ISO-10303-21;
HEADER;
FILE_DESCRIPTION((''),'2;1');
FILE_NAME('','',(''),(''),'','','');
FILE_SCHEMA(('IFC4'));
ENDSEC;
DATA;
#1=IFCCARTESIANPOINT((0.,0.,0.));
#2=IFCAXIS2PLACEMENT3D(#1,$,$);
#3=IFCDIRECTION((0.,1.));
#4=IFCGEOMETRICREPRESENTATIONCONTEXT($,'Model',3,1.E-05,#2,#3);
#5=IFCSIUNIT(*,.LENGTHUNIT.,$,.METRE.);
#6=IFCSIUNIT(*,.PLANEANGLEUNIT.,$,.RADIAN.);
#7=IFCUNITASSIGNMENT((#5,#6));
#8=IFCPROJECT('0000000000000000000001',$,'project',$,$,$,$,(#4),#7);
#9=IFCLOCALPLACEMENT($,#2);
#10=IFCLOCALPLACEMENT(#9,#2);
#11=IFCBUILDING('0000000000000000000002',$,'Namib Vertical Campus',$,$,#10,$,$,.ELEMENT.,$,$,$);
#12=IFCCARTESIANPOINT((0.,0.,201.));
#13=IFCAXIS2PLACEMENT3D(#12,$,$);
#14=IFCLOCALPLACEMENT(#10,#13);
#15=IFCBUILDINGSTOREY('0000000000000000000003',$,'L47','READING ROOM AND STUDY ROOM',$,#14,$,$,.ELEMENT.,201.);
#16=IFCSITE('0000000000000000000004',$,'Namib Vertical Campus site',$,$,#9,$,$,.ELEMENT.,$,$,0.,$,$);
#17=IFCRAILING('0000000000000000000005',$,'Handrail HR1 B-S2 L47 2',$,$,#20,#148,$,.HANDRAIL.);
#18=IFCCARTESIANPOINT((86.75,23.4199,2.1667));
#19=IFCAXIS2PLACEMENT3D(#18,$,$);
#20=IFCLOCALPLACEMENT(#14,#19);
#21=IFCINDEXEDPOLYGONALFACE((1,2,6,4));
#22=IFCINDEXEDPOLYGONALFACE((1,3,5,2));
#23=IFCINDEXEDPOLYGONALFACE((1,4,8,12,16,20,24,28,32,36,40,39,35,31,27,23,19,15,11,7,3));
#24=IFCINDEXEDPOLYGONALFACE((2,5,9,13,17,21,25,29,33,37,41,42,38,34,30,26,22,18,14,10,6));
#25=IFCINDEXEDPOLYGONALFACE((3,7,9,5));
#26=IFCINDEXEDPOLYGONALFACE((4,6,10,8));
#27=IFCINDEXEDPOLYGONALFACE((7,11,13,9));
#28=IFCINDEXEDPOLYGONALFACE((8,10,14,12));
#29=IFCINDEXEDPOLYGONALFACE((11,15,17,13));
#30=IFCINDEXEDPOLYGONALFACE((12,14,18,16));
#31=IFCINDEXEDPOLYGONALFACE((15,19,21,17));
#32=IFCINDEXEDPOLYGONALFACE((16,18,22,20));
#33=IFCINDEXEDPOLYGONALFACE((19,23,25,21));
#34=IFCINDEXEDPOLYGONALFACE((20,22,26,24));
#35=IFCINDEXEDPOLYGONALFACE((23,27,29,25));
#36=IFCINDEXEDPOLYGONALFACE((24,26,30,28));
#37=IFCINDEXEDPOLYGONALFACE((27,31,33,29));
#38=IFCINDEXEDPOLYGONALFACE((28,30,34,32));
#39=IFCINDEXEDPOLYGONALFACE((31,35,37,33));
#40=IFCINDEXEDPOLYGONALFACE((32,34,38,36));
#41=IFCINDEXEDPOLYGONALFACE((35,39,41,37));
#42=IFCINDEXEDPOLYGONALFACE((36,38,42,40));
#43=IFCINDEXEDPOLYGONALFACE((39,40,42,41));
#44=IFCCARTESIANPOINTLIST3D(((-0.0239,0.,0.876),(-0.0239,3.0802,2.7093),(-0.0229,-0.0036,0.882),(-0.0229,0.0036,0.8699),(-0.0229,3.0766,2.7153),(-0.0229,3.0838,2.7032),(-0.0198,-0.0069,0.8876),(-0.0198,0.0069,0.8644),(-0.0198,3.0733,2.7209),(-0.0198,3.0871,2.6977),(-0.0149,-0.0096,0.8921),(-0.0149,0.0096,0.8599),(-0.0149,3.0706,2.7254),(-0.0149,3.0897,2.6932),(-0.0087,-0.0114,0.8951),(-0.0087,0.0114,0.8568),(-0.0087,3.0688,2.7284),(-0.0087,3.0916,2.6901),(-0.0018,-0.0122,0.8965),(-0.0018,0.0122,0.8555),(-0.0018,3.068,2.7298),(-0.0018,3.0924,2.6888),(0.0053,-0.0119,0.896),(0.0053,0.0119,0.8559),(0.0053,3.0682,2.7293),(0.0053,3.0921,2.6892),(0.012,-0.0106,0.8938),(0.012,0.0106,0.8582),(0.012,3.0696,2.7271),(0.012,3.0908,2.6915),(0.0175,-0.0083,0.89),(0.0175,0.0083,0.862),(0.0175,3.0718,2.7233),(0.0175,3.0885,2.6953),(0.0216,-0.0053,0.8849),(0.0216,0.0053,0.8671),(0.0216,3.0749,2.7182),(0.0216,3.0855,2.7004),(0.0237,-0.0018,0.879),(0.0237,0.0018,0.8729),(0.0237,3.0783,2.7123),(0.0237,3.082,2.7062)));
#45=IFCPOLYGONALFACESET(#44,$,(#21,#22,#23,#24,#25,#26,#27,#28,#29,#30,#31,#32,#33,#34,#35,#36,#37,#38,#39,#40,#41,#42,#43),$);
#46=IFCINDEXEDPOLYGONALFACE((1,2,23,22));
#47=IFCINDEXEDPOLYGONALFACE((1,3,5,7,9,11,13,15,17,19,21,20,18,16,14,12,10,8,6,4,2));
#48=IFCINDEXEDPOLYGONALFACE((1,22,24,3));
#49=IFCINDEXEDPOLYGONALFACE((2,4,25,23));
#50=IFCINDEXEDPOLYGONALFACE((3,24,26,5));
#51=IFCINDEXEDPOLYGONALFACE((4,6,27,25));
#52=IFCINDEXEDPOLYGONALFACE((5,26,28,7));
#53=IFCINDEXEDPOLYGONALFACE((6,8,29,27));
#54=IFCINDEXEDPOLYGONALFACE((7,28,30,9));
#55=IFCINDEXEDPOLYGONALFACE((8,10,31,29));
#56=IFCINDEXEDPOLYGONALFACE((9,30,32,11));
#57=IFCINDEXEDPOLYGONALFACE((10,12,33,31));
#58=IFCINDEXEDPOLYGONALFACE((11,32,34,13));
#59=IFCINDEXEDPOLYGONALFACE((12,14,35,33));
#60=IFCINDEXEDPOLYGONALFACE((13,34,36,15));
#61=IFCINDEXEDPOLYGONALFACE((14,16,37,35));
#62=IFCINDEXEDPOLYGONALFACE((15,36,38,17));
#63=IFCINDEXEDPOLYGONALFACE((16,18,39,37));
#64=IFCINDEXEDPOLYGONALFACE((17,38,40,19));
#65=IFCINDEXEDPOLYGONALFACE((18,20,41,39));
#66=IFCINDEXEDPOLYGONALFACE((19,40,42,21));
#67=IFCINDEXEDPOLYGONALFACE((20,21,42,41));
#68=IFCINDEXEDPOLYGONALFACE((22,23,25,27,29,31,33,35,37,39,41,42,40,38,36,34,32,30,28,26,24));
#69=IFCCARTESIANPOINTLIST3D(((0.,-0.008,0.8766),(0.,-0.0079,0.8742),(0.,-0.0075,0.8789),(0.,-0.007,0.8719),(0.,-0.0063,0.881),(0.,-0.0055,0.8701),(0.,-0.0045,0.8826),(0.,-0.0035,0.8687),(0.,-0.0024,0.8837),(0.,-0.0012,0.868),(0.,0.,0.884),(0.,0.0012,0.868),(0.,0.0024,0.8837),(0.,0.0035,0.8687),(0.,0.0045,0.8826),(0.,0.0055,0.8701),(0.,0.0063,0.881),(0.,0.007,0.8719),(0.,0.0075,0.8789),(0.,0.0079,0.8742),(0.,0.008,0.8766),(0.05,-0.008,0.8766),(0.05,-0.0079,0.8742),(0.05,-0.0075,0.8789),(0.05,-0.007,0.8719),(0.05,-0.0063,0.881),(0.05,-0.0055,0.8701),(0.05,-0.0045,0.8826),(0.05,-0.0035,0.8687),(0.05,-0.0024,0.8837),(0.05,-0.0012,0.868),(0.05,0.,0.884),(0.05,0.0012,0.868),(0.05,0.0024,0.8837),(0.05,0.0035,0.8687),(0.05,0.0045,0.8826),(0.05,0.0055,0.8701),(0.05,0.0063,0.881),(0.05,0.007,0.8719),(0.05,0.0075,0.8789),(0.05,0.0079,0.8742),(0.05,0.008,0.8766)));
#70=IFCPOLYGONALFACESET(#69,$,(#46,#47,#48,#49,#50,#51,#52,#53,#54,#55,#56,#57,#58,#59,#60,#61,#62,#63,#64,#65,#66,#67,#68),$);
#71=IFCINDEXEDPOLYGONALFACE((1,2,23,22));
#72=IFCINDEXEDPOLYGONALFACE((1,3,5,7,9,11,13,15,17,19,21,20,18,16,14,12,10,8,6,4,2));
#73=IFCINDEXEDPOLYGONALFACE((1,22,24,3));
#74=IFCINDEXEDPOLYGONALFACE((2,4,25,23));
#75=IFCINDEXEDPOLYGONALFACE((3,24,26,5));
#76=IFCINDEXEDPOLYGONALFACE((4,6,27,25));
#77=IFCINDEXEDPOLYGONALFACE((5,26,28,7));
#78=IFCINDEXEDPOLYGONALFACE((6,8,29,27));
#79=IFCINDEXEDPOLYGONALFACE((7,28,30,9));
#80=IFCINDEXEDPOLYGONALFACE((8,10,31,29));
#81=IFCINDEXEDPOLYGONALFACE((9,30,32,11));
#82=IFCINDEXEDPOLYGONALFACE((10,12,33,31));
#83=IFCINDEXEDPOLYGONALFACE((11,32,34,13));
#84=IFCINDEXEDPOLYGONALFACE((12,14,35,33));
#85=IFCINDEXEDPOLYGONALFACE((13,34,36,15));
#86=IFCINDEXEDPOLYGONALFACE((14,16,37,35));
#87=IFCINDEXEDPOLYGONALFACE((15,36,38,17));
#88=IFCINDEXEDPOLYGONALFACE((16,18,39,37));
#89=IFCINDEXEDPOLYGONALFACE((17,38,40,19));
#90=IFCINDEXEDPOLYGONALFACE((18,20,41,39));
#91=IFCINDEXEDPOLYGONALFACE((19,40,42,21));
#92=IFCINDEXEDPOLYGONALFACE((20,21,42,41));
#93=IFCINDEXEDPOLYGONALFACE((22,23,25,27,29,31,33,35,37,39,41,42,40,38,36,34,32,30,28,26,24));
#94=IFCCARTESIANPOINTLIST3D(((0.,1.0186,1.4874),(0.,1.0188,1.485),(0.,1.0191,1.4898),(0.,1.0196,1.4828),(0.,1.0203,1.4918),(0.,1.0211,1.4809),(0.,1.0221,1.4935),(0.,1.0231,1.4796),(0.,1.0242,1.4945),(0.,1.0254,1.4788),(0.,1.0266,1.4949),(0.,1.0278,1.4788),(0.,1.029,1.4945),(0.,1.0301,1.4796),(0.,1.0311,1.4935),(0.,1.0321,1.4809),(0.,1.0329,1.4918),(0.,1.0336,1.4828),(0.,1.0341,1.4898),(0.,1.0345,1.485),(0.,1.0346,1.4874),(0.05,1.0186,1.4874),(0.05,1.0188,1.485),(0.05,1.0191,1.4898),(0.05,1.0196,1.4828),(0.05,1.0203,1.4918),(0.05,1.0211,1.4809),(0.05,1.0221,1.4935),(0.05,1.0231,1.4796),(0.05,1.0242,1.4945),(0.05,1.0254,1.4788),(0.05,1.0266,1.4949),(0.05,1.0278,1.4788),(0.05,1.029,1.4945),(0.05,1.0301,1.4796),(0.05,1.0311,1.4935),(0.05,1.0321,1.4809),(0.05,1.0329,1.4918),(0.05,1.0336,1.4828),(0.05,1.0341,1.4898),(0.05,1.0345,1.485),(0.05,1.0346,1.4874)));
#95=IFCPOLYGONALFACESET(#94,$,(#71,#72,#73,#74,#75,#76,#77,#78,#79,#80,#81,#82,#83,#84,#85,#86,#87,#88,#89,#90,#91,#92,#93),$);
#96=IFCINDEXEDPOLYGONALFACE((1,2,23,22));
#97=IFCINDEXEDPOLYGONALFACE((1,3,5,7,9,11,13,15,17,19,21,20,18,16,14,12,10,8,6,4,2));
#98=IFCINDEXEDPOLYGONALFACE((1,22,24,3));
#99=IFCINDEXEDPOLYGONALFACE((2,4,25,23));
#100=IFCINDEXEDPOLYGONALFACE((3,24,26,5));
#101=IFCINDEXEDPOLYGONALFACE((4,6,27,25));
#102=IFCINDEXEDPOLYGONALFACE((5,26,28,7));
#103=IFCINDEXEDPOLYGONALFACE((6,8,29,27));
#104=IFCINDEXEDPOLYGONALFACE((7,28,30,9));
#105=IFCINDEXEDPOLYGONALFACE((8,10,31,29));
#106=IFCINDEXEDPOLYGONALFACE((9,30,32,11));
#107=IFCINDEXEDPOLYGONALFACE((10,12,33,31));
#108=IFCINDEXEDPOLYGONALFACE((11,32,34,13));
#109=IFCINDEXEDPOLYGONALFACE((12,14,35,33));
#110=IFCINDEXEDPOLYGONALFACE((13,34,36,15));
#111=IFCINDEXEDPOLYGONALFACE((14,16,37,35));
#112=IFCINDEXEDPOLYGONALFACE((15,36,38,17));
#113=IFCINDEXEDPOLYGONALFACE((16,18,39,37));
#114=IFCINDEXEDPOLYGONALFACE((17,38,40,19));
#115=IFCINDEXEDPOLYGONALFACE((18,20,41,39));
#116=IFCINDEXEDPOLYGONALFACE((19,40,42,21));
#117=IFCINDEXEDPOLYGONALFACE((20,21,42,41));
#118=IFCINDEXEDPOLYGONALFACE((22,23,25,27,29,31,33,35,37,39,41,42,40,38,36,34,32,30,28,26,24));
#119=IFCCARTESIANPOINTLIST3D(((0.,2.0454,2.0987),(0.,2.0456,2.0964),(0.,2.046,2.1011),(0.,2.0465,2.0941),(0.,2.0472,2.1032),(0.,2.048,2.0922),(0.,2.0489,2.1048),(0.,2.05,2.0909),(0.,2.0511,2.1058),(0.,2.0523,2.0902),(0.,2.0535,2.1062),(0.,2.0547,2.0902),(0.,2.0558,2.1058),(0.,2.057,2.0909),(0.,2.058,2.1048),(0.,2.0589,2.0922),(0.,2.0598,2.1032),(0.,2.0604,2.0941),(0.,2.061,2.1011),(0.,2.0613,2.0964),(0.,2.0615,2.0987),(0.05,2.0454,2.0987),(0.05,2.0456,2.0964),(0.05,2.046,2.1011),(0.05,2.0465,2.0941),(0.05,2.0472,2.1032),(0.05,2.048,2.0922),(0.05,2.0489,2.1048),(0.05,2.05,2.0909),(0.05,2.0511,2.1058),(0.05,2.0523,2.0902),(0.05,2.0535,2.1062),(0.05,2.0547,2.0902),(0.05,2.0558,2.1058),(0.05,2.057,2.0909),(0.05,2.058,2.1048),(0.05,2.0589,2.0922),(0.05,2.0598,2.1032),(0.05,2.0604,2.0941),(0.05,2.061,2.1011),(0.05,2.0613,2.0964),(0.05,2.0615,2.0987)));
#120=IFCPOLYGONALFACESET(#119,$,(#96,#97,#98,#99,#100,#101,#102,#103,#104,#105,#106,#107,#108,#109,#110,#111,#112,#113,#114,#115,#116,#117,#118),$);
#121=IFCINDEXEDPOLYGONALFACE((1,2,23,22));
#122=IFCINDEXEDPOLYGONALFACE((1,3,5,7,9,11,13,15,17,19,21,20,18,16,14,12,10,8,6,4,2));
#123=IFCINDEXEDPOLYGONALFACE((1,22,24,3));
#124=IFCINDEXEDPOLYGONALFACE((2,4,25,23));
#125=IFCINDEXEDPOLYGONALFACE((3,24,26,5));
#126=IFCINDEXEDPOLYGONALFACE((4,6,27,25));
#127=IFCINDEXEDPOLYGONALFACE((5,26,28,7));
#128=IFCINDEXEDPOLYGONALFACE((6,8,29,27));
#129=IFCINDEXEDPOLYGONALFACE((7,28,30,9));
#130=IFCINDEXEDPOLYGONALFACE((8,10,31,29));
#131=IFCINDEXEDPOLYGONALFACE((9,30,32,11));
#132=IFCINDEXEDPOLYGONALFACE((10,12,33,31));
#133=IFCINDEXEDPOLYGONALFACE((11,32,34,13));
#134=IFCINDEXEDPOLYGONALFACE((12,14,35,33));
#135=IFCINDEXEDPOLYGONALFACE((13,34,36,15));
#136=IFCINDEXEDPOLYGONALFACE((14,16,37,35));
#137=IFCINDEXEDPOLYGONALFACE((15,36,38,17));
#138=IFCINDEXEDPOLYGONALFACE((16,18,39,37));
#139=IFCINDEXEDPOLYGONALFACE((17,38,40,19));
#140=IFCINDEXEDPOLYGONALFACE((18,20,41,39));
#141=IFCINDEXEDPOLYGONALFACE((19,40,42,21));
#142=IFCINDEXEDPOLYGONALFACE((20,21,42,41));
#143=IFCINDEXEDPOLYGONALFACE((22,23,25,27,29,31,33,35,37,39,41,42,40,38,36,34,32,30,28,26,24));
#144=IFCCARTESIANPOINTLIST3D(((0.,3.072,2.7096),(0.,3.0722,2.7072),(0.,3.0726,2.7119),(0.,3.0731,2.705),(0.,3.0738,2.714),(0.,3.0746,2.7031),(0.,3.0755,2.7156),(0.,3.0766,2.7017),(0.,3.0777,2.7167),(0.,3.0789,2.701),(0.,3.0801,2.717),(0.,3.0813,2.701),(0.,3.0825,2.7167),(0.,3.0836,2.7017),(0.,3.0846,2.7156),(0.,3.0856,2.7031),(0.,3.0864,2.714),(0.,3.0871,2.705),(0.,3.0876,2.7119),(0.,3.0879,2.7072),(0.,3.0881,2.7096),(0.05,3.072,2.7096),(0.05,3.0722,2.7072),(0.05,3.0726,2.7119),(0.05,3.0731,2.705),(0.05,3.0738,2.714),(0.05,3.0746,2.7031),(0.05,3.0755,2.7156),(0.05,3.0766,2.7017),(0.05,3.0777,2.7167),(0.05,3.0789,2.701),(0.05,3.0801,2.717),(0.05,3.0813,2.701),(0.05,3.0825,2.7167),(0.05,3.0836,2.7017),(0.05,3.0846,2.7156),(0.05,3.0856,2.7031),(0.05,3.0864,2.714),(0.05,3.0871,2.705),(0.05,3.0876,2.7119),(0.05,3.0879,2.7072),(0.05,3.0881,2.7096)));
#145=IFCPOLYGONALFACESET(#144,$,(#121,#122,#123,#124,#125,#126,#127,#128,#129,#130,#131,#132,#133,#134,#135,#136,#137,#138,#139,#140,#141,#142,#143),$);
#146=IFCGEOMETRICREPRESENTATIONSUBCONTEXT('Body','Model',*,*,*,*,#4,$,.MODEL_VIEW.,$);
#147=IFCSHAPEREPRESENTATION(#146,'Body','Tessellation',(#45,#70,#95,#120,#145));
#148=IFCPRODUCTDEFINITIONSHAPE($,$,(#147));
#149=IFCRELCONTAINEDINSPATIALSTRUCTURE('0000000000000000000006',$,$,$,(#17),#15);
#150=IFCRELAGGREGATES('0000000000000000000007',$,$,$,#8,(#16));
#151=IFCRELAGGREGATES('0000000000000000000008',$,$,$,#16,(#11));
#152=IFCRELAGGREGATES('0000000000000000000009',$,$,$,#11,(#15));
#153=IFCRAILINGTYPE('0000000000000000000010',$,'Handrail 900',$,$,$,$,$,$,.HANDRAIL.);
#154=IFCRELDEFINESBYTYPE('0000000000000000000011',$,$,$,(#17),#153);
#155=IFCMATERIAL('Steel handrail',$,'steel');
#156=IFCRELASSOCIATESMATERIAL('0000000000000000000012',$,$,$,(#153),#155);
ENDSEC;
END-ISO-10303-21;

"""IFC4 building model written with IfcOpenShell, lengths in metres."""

from ifc_helpers import new_model, si_unit, direction, frame, origin, origin_2d, place, context, subcontext, project, spatial, circle, extrude, material, type_object, element, save


model = new_model("IFC4")

# Units and contexts
model_context = context("Model", 3, precision=1e-05, world=origin(), true_north=direction((0.0, 1.0)))
body_context = subcontext(model_context, "Body", "Model", "MODEL_VIEW")
ifc_project = project(units=[si_unit("LENGTHUNIT", "METRE"), si_unit("PLANEANGLEUNIT", "RADIAN")], contexts=[model_context])

# Site, building, storey
site_placement = place(None, origin())
site = spatial("IfcSite", under=ifc_project, at=site_placement, Name="Namib Vertical Campus site", CompositionType="ELEMENT", RefElevation=0.0)
building_placement = place(site_placement, origin())
building = spatial("IfcBuilding", under=site, at=building_placement, Name="Namib Vertical Campus", CompositionType="ELEMENT")
storey_placement = place(building_placement, frame((0.0, 0.0, 201.0)))
storey = spatial("IfcBuildingStorey", under=building, at=storey_placement, Name="L47", Description="READING ROOM AND STUDY ROOM", CompositionType="ELEMENT", Elevation=201.0)

# Railing
ifc_material_1 = material(Name="Steel handrail", Category="steel")
railing_type = type_object("IfcRailingType", Name="Handrail 900", PredefinedType="HANDRAIL", material=ifc_material_1)
railing_placement = place(storey_placement, frame((86.75, 23.4199, 2.1667)))
element("IfcRailing", 1, at=railing_placement, inside=storey, type_object=railing_type, Name="Handrail HR1 B-S2 L47 2", PredefinedType="HANDRAIL", context=body_context, shape_type="SweptSolid", body=[
    extrude(circle(Radius=0.0239, at=origin_2d()), frame((0.0, 0.0, 0.876), z_axis=(0.0, 0.859309, 0.511458), x_axis=(-1.0, 0.0, 0.0)), (0.0, 0.0, 1.0), 3.5845),
    extrude(circle(Radius=0.0081, at=origin_2d()), frame((0.0, 0.0, 0.876), z_axis=(1.0, 0.0, 0.0), x_axis=(0.0, 0.0, 1.0)), (0.0, 0.0, 1.0), 0.05),
    extrude(circle(Radius=0.0081, at=origin_2d()), frame((0.0, 1.0266, 1.4868), z_axis=(1.0, 0.0, 0.0), x_axis=(0.0, 0.0, 1.0)), (0.0, 0.0, 1.0), 0.05),
    extrude(circle(Radius=0.0081, at=origin_2d()), frame((0.0, 2.0535, 2.0981), z_axis=(1.0, 0.0, 0.0), x_axis=(0.0, 0.0, 1.0)), (0.0, 0.0, 1.0), 0.05),
    extrude(circle(Radius=0.0081, at=origin_2d()), frame((0.0, 3.0801, 2.709), z_axis=(1.0, 0.0, 0.0), x_axis=(0.0, 0.0, 1.0)), (0.0, 0.0, 1.0), 0.05),
])

save(model, "model.ifc")
